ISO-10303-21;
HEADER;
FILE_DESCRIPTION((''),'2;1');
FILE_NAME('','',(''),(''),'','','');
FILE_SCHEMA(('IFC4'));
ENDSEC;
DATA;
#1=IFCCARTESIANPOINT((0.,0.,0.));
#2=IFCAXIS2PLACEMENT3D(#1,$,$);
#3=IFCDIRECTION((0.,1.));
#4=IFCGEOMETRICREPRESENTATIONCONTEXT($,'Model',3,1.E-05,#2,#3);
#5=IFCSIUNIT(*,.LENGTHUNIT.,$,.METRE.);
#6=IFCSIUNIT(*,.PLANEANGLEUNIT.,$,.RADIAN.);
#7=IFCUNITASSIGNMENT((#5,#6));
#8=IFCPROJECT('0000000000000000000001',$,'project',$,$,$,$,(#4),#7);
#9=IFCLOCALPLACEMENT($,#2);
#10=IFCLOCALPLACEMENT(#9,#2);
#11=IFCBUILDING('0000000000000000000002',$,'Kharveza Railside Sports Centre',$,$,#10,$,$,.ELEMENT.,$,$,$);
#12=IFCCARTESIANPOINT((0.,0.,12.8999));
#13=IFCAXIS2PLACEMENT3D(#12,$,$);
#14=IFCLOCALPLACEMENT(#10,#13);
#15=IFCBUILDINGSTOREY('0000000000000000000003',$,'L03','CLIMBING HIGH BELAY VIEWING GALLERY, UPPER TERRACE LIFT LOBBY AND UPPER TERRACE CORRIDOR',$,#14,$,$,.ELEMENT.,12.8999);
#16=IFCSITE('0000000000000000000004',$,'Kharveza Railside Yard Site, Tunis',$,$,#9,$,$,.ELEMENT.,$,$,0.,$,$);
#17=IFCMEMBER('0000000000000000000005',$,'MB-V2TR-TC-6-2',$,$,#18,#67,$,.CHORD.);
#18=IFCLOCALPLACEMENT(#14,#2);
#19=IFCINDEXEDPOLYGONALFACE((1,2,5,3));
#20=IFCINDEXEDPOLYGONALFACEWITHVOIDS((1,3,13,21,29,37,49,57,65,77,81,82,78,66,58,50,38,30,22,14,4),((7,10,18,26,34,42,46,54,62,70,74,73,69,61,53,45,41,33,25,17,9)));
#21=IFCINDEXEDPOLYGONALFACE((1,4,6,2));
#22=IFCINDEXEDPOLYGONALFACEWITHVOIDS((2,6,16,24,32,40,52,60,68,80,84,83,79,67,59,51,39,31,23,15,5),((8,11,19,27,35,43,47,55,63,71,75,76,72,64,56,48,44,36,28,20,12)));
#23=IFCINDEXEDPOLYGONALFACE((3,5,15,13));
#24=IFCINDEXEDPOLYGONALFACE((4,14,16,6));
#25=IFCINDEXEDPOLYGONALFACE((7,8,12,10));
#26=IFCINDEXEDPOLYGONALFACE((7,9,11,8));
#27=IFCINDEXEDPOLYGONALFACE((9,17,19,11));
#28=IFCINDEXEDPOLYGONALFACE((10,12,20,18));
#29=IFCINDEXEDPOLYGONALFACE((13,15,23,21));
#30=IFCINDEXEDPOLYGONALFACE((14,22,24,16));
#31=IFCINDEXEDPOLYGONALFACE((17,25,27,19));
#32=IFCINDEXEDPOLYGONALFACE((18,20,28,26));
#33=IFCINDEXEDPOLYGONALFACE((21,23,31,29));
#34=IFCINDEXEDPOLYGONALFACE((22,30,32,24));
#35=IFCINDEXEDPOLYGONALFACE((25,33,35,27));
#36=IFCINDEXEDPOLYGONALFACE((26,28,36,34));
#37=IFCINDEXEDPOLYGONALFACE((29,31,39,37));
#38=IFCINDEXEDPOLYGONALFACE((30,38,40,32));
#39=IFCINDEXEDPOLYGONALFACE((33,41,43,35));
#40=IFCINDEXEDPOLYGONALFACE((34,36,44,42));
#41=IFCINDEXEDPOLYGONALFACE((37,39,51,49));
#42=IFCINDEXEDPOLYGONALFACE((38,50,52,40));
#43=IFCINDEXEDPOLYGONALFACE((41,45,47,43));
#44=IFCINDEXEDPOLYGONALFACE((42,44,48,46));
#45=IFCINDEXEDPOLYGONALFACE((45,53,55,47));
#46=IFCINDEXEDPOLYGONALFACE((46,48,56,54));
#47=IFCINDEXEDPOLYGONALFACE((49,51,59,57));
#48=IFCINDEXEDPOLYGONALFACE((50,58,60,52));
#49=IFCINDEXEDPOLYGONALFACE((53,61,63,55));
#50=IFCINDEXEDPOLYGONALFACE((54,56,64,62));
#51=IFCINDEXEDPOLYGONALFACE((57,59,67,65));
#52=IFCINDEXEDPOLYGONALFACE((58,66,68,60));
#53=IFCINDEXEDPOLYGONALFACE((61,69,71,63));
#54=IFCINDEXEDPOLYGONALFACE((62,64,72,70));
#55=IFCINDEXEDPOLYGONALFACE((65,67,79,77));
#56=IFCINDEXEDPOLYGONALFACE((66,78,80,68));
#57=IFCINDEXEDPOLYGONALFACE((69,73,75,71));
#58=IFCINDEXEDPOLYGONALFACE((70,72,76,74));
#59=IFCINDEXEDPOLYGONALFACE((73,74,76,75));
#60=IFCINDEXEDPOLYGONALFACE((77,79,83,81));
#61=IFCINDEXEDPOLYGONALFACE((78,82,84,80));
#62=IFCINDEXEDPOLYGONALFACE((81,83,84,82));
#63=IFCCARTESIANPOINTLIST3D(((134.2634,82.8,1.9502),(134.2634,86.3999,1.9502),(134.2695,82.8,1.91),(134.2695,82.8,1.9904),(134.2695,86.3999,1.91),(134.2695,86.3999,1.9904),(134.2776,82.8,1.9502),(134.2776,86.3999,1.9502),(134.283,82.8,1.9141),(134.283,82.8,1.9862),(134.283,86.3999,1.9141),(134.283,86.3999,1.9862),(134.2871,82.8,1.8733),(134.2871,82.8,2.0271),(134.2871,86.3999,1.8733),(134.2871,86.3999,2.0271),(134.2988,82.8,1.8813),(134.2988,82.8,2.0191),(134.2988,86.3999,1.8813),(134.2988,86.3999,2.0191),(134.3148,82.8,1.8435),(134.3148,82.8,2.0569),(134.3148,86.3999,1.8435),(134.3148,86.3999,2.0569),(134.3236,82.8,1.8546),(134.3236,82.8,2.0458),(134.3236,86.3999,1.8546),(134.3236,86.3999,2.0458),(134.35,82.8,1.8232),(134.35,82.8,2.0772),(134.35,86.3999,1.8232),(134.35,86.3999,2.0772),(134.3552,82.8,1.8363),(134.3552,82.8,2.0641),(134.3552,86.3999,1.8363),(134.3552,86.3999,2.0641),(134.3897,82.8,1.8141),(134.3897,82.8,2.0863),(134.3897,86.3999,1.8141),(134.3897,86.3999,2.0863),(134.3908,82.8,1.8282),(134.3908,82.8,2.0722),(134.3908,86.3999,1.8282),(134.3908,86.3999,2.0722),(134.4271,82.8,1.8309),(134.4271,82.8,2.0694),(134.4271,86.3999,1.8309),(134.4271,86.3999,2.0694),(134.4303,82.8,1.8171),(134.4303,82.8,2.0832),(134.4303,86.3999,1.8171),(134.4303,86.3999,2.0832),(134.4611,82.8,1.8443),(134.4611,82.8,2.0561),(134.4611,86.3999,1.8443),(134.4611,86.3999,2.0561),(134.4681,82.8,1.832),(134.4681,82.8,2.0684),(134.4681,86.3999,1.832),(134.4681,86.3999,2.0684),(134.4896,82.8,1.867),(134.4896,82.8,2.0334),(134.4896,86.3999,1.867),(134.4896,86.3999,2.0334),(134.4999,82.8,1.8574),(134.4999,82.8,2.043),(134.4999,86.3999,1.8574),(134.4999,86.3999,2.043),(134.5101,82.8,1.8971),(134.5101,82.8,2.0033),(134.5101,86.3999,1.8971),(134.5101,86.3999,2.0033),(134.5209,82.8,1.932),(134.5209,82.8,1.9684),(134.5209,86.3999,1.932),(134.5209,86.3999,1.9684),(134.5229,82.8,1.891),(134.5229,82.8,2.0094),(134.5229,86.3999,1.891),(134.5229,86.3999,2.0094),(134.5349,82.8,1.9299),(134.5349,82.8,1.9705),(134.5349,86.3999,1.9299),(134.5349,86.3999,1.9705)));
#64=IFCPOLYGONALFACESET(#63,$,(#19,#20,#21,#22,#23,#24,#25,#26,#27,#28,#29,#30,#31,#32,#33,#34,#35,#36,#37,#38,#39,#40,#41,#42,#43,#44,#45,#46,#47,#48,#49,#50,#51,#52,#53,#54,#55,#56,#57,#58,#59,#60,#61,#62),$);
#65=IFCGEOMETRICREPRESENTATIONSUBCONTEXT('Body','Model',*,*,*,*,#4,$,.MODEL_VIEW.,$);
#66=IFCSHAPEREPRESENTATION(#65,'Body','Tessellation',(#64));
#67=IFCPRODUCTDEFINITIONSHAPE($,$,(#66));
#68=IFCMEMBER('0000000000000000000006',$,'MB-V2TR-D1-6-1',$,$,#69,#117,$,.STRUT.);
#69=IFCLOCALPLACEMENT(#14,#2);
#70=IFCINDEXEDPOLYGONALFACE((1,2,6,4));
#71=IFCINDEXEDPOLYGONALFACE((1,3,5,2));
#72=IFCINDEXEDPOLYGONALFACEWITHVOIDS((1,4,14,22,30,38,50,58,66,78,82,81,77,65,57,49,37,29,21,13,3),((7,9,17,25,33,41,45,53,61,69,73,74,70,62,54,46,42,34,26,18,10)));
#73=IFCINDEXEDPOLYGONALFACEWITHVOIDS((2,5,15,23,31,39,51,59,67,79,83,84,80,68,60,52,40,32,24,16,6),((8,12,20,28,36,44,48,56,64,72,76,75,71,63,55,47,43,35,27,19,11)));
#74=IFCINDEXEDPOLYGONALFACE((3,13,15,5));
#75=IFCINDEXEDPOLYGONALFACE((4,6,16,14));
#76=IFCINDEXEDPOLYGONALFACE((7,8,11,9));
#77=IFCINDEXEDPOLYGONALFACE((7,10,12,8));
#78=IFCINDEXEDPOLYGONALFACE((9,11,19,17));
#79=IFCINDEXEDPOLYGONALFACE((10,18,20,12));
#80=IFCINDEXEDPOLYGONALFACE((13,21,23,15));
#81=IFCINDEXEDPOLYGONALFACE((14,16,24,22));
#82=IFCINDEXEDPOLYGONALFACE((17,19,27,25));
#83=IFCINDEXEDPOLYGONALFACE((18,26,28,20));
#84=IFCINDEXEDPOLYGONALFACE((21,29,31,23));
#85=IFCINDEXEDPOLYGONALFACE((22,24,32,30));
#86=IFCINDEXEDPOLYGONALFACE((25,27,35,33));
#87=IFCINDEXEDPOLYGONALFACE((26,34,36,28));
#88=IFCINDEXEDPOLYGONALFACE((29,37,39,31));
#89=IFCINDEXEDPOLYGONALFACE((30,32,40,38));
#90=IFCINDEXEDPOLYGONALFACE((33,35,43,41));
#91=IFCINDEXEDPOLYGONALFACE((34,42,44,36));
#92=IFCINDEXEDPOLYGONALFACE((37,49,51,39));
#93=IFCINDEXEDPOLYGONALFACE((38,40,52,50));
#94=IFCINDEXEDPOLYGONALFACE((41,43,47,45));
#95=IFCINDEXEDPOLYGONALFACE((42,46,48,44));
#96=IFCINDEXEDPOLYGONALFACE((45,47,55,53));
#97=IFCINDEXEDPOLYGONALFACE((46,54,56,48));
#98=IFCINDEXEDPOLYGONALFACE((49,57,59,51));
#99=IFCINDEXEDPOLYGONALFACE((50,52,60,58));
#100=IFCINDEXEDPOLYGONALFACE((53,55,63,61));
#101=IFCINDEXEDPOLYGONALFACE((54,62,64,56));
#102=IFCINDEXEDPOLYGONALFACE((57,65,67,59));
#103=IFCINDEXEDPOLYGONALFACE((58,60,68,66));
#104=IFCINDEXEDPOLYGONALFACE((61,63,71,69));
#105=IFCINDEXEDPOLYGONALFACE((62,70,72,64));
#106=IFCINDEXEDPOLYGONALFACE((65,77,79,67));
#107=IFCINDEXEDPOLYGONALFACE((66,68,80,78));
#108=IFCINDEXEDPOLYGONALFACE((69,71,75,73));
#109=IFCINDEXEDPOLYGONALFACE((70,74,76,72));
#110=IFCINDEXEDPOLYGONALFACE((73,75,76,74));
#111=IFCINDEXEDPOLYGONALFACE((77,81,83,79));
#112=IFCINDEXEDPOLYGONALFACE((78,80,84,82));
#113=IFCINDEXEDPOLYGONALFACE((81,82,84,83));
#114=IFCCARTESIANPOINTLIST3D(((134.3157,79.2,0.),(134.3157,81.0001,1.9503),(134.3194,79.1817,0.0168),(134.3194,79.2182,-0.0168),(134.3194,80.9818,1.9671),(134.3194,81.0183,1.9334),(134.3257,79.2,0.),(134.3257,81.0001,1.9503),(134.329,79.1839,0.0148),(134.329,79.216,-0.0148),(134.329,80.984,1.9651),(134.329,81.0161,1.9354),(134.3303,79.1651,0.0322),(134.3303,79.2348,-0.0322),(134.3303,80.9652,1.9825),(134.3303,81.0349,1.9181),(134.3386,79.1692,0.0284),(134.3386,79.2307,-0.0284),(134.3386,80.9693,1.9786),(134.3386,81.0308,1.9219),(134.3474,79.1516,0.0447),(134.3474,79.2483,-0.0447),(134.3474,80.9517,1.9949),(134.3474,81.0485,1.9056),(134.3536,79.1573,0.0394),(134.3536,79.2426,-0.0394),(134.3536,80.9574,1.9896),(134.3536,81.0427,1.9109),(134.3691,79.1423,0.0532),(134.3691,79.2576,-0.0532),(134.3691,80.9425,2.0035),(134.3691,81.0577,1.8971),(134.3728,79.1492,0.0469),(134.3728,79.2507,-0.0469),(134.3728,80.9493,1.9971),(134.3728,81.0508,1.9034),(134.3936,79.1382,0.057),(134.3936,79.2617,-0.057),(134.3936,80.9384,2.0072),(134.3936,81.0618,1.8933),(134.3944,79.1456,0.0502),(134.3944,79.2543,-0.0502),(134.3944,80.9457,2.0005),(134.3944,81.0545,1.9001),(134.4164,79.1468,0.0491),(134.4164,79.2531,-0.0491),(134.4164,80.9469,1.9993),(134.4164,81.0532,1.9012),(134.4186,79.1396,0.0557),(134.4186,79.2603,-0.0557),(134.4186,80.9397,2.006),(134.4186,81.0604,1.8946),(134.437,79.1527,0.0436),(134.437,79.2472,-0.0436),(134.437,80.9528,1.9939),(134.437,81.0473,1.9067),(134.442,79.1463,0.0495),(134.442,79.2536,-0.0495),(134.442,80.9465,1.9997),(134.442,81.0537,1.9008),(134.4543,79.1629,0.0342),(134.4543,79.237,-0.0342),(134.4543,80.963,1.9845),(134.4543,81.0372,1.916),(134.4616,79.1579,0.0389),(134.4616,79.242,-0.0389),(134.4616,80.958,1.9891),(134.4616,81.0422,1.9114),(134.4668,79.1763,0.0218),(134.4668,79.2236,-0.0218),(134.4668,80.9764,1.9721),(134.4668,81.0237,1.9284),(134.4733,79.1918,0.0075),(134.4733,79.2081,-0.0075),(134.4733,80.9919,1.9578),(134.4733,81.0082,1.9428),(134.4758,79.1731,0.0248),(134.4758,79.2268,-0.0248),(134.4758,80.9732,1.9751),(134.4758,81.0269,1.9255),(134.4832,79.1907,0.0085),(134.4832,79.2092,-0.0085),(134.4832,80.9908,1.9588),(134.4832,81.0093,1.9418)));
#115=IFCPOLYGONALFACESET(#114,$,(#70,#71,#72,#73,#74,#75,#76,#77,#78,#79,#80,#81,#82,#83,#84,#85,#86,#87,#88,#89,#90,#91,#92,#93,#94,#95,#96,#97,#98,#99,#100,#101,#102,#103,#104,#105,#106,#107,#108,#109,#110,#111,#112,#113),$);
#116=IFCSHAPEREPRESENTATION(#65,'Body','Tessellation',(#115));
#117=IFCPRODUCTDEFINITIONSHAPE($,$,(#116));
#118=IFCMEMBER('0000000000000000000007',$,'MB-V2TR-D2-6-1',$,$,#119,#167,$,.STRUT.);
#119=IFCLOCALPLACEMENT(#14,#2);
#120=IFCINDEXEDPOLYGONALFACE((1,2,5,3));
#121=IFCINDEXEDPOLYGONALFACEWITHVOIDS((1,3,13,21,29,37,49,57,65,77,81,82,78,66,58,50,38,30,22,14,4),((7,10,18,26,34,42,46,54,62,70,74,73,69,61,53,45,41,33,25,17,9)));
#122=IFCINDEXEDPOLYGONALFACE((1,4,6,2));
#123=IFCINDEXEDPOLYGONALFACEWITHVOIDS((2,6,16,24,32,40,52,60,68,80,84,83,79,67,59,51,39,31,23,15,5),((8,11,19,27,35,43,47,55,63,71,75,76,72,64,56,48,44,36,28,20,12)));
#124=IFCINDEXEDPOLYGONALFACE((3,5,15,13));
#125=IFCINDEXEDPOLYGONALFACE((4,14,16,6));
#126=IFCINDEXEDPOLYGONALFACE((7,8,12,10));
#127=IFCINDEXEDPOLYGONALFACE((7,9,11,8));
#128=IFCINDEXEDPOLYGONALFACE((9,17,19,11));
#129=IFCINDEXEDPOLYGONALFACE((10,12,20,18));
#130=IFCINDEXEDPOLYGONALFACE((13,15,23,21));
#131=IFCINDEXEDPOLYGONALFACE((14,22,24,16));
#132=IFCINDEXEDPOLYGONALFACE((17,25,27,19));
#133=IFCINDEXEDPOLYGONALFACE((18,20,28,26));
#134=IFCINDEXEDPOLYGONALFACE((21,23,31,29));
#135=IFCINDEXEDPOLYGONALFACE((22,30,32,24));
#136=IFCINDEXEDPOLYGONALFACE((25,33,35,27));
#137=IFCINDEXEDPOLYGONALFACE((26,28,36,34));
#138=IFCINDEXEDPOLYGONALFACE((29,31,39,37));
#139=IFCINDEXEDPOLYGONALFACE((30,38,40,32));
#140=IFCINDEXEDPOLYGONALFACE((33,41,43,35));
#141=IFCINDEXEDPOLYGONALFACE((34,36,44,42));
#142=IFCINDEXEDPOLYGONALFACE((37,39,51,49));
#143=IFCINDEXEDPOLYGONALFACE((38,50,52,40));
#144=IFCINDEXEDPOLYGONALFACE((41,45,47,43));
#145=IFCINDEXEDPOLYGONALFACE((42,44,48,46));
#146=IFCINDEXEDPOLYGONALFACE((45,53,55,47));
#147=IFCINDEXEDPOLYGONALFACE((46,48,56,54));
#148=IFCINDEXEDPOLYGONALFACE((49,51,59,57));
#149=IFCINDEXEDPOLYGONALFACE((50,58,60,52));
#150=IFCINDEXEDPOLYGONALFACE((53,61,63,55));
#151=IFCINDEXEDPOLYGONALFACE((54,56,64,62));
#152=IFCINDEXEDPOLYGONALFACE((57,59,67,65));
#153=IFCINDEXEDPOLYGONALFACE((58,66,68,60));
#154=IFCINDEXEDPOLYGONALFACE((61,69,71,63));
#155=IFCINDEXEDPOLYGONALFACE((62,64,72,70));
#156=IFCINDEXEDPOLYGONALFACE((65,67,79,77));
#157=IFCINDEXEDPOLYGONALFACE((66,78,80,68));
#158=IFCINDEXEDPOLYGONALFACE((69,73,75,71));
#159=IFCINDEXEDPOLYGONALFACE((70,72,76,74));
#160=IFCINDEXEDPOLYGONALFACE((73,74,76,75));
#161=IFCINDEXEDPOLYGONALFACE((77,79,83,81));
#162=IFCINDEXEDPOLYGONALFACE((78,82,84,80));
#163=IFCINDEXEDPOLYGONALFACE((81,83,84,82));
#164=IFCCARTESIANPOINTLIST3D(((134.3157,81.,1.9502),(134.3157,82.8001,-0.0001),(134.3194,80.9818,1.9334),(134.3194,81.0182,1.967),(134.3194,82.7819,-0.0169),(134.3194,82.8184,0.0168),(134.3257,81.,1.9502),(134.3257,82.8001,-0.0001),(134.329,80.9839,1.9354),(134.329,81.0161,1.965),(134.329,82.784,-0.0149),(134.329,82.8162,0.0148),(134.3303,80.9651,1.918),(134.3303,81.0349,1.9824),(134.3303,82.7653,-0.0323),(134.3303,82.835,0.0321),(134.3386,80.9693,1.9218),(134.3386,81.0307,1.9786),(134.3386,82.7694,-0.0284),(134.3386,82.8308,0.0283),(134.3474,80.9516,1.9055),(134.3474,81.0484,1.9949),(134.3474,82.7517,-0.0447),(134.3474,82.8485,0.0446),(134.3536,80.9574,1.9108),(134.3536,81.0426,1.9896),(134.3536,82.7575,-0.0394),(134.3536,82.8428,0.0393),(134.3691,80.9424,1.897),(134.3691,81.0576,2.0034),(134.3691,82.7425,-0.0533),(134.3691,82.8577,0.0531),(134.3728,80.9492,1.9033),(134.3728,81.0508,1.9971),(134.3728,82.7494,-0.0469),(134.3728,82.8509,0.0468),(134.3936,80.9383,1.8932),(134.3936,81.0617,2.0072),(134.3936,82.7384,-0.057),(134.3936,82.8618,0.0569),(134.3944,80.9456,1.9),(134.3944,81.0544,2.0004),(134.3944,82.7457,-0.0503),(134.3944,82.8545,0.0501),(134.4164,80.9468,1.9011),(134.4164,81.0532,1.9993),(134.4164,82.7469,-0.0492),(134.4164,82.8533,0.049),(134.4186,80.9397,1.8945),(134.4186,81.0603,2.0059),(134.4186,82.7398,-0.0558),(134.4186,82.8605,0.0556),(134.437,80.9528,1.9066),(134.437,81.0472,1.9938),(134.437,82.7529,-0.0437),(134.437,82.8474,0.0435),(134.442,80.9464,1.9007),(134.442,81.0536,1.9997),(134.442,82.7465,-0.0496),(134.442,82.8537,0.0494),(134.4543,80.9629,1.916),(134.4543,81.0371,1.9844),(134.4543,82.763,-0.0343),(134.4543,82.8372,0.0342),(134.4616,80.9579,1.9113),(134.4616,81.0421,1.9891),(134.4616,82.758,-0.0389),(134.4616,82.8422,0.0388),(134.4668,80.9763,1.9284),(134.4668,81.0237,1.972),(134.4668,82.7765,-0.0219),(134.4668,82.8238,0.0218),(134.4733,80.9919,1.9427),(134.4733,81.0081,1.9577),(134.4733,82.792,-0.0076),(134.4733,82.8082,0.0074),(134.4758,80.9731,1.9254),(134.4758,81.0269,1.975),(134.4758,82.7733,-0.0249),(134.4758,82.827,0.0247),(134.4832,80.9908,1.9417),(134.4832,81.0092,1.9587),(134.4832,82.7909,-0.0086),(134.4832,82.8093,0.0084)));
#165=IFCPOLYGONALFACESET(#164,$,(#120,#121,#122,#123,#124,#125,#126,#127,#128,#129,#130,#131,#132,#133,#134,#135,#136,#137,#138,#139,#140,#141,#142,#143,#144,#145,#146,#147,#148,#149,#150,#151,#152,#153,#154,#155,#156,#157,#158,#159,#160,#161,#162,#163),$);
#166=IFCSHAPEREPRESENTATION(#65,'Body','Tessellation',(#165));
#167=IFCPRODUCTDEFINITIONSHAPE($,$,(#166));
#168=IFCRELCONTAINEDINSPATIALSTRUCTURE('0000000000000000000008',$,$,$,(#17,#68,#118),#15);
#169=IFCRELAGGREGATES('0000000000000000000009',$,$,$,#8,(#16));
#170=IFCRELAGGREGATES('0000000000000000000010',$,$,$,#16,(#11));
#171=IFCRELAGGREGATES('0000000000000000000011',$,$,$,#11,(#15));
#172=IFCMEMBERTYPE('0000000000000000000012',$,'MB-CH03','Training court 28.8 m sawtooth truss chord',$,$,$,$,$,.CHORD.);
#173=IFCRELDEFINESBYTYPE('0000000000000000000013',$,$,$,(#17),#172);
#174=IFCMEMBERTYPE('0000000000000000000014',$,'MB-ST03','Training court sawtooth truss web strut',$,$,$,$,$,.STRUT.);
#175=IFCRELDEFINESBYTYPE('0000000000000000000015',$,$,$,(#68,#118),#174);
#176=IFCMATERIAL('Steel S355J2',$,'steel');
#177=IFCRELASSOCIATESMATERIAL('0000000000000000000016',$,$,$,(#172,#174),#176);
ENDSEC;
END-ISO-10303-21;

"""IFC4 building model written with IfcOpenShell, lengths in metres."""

from ifc_helpers import new_model, si_unit, direction, frame, origin, origin_2d, place, context, subcontext, project, spatial, hollow_circle, extrude, material, material_profile, profile_set, type_object, element, save


model = new_model("IFC4")

# Units and contexts
model_context = context("Model", 3, precision=1e-05, world=origin(), true_north=direction((0.0, 1.0)))
body_context = subcontext(model_context, "Body", "Model", "MODEL_VIEW")
ifc_project = project(units=[si_unit("LENGTHUNIT", "METRE"), si_unit("PLANEANGLEUNIT", "RADIAN")], contexts=[model_context])

# Site, building, storey
site_placement = place(None, origin())
site = spatial("IfcSite", under=ifc_project, at=site_placement, Name="Kharveza Railside Yard Site, Tunis", CompositionType="ELEMENT", RefElevation=0.0)
building_placement = place(site_placement, origin())
building = spatial("IfcBuilding", under=site, at=building_placement, Name="Kharveza Railside Sports Centre", CompositionType="ELEMENT")
storey_placement = place(building_placement, frame((0.0, 0.0, 12.8999)))
storey = spatial("IfcBuildingStorey", under=building, at=storey_placement, Name="L03", Description="CLIMBING HIGH BELAY VIEWING GALLERY, UPPER TERRACE LIFT LOBBY AND UPPER TERRACE CORRIDOR", CompositionType="ELEMENT", Elevation=12.8999)

# Shared definitions
ifc_material_1 = material(Name="Steel S355J2", Category="steel")

# Members
ifc_material_profile_1 = material_profile(ifc_material_1, hollow_circle(Radius=0.1365, WallThickness=0.0142, at=origin_2d()), Name="CHS 273.0x14.2")
ifc_profile_set_1 = profile_set([ifc_material_profile_1], Name="Steel S355J2")
member_type_1 = type_object("IfcMemberType", Name="MB-CH03", Description="Training court 28.8 m sawtooth truss chord", PredefinedType="CHORD", material=ifc_profile_set_1)
for number, where, z_axis, x_axis, name in (
    (1, (134.3999, 82.8, 1.9502), (0.0, 1.0, 0.0), (-1.0, 0.0, 0.0), "MB-V2TR-TC-6-2"),
):
    element("IfcMember", number, at=place(storey_placement, frame(where, z_axis=z_axis, x_axis=x_axis)), inside=storey, type_object=member_type_1, Name=name, PredefinedType="CHORD", context=body_context, shape_type="SweptSolid", body=[
        extrude(hollow_circle(Radius=0.1365, WallThickness=0.0142, at=origin_2d()), origin(), (0.0, 0.0, 1.0), 3.5999),
    ])
ifc_material_profile_2 = material_profile(ifc_material_1, hollow_circle(Radius=0.0842, WallThickness=0.01, at=origin_2d()), Name="CHS 168.3x10.0")
ifc_profile_set_2 = profile_set([ifc_material_profile_2], Name="Steel S355J2")
member_type_2 = type_object("IfcMemberType", Name="MB-ST03", Description="Training court sawtooth truss web strut", PredefinedType="STRUT", material=ifc_profile_set_2)
for number, where, z_axis, x_axis, name in (
    (2, (134.3999, 79.2, 0.0), (0.0, 0.678253, 0.734828), (-1.0, 0.0, 0.0), "MB-V2TR-D1-6-1"),
    (3, (134.3999, 81.0, 1.9502), (0.0, 0.678253, -0.734828), (-1.0, 0.0, 0.0), "MB-V2TR-D2-6-1"),
):
    element("IfcMember", number, at=place(storey_placement, frame(where, z_axis=z_axis, x_axis=x_axis)), inside=storey, type_object=member_type_2, Name=name, PredefinedType="STRUT", context=body_context, shape_type="SweptSolid", body=[
        extrude(hollow_circle(Radius=0.0842, WallThickness=0.01, at=origin_2d()), origin(), (0.0, 0.0, 1.0), 2.6541),
    ])

save(model, "model.ifc")
